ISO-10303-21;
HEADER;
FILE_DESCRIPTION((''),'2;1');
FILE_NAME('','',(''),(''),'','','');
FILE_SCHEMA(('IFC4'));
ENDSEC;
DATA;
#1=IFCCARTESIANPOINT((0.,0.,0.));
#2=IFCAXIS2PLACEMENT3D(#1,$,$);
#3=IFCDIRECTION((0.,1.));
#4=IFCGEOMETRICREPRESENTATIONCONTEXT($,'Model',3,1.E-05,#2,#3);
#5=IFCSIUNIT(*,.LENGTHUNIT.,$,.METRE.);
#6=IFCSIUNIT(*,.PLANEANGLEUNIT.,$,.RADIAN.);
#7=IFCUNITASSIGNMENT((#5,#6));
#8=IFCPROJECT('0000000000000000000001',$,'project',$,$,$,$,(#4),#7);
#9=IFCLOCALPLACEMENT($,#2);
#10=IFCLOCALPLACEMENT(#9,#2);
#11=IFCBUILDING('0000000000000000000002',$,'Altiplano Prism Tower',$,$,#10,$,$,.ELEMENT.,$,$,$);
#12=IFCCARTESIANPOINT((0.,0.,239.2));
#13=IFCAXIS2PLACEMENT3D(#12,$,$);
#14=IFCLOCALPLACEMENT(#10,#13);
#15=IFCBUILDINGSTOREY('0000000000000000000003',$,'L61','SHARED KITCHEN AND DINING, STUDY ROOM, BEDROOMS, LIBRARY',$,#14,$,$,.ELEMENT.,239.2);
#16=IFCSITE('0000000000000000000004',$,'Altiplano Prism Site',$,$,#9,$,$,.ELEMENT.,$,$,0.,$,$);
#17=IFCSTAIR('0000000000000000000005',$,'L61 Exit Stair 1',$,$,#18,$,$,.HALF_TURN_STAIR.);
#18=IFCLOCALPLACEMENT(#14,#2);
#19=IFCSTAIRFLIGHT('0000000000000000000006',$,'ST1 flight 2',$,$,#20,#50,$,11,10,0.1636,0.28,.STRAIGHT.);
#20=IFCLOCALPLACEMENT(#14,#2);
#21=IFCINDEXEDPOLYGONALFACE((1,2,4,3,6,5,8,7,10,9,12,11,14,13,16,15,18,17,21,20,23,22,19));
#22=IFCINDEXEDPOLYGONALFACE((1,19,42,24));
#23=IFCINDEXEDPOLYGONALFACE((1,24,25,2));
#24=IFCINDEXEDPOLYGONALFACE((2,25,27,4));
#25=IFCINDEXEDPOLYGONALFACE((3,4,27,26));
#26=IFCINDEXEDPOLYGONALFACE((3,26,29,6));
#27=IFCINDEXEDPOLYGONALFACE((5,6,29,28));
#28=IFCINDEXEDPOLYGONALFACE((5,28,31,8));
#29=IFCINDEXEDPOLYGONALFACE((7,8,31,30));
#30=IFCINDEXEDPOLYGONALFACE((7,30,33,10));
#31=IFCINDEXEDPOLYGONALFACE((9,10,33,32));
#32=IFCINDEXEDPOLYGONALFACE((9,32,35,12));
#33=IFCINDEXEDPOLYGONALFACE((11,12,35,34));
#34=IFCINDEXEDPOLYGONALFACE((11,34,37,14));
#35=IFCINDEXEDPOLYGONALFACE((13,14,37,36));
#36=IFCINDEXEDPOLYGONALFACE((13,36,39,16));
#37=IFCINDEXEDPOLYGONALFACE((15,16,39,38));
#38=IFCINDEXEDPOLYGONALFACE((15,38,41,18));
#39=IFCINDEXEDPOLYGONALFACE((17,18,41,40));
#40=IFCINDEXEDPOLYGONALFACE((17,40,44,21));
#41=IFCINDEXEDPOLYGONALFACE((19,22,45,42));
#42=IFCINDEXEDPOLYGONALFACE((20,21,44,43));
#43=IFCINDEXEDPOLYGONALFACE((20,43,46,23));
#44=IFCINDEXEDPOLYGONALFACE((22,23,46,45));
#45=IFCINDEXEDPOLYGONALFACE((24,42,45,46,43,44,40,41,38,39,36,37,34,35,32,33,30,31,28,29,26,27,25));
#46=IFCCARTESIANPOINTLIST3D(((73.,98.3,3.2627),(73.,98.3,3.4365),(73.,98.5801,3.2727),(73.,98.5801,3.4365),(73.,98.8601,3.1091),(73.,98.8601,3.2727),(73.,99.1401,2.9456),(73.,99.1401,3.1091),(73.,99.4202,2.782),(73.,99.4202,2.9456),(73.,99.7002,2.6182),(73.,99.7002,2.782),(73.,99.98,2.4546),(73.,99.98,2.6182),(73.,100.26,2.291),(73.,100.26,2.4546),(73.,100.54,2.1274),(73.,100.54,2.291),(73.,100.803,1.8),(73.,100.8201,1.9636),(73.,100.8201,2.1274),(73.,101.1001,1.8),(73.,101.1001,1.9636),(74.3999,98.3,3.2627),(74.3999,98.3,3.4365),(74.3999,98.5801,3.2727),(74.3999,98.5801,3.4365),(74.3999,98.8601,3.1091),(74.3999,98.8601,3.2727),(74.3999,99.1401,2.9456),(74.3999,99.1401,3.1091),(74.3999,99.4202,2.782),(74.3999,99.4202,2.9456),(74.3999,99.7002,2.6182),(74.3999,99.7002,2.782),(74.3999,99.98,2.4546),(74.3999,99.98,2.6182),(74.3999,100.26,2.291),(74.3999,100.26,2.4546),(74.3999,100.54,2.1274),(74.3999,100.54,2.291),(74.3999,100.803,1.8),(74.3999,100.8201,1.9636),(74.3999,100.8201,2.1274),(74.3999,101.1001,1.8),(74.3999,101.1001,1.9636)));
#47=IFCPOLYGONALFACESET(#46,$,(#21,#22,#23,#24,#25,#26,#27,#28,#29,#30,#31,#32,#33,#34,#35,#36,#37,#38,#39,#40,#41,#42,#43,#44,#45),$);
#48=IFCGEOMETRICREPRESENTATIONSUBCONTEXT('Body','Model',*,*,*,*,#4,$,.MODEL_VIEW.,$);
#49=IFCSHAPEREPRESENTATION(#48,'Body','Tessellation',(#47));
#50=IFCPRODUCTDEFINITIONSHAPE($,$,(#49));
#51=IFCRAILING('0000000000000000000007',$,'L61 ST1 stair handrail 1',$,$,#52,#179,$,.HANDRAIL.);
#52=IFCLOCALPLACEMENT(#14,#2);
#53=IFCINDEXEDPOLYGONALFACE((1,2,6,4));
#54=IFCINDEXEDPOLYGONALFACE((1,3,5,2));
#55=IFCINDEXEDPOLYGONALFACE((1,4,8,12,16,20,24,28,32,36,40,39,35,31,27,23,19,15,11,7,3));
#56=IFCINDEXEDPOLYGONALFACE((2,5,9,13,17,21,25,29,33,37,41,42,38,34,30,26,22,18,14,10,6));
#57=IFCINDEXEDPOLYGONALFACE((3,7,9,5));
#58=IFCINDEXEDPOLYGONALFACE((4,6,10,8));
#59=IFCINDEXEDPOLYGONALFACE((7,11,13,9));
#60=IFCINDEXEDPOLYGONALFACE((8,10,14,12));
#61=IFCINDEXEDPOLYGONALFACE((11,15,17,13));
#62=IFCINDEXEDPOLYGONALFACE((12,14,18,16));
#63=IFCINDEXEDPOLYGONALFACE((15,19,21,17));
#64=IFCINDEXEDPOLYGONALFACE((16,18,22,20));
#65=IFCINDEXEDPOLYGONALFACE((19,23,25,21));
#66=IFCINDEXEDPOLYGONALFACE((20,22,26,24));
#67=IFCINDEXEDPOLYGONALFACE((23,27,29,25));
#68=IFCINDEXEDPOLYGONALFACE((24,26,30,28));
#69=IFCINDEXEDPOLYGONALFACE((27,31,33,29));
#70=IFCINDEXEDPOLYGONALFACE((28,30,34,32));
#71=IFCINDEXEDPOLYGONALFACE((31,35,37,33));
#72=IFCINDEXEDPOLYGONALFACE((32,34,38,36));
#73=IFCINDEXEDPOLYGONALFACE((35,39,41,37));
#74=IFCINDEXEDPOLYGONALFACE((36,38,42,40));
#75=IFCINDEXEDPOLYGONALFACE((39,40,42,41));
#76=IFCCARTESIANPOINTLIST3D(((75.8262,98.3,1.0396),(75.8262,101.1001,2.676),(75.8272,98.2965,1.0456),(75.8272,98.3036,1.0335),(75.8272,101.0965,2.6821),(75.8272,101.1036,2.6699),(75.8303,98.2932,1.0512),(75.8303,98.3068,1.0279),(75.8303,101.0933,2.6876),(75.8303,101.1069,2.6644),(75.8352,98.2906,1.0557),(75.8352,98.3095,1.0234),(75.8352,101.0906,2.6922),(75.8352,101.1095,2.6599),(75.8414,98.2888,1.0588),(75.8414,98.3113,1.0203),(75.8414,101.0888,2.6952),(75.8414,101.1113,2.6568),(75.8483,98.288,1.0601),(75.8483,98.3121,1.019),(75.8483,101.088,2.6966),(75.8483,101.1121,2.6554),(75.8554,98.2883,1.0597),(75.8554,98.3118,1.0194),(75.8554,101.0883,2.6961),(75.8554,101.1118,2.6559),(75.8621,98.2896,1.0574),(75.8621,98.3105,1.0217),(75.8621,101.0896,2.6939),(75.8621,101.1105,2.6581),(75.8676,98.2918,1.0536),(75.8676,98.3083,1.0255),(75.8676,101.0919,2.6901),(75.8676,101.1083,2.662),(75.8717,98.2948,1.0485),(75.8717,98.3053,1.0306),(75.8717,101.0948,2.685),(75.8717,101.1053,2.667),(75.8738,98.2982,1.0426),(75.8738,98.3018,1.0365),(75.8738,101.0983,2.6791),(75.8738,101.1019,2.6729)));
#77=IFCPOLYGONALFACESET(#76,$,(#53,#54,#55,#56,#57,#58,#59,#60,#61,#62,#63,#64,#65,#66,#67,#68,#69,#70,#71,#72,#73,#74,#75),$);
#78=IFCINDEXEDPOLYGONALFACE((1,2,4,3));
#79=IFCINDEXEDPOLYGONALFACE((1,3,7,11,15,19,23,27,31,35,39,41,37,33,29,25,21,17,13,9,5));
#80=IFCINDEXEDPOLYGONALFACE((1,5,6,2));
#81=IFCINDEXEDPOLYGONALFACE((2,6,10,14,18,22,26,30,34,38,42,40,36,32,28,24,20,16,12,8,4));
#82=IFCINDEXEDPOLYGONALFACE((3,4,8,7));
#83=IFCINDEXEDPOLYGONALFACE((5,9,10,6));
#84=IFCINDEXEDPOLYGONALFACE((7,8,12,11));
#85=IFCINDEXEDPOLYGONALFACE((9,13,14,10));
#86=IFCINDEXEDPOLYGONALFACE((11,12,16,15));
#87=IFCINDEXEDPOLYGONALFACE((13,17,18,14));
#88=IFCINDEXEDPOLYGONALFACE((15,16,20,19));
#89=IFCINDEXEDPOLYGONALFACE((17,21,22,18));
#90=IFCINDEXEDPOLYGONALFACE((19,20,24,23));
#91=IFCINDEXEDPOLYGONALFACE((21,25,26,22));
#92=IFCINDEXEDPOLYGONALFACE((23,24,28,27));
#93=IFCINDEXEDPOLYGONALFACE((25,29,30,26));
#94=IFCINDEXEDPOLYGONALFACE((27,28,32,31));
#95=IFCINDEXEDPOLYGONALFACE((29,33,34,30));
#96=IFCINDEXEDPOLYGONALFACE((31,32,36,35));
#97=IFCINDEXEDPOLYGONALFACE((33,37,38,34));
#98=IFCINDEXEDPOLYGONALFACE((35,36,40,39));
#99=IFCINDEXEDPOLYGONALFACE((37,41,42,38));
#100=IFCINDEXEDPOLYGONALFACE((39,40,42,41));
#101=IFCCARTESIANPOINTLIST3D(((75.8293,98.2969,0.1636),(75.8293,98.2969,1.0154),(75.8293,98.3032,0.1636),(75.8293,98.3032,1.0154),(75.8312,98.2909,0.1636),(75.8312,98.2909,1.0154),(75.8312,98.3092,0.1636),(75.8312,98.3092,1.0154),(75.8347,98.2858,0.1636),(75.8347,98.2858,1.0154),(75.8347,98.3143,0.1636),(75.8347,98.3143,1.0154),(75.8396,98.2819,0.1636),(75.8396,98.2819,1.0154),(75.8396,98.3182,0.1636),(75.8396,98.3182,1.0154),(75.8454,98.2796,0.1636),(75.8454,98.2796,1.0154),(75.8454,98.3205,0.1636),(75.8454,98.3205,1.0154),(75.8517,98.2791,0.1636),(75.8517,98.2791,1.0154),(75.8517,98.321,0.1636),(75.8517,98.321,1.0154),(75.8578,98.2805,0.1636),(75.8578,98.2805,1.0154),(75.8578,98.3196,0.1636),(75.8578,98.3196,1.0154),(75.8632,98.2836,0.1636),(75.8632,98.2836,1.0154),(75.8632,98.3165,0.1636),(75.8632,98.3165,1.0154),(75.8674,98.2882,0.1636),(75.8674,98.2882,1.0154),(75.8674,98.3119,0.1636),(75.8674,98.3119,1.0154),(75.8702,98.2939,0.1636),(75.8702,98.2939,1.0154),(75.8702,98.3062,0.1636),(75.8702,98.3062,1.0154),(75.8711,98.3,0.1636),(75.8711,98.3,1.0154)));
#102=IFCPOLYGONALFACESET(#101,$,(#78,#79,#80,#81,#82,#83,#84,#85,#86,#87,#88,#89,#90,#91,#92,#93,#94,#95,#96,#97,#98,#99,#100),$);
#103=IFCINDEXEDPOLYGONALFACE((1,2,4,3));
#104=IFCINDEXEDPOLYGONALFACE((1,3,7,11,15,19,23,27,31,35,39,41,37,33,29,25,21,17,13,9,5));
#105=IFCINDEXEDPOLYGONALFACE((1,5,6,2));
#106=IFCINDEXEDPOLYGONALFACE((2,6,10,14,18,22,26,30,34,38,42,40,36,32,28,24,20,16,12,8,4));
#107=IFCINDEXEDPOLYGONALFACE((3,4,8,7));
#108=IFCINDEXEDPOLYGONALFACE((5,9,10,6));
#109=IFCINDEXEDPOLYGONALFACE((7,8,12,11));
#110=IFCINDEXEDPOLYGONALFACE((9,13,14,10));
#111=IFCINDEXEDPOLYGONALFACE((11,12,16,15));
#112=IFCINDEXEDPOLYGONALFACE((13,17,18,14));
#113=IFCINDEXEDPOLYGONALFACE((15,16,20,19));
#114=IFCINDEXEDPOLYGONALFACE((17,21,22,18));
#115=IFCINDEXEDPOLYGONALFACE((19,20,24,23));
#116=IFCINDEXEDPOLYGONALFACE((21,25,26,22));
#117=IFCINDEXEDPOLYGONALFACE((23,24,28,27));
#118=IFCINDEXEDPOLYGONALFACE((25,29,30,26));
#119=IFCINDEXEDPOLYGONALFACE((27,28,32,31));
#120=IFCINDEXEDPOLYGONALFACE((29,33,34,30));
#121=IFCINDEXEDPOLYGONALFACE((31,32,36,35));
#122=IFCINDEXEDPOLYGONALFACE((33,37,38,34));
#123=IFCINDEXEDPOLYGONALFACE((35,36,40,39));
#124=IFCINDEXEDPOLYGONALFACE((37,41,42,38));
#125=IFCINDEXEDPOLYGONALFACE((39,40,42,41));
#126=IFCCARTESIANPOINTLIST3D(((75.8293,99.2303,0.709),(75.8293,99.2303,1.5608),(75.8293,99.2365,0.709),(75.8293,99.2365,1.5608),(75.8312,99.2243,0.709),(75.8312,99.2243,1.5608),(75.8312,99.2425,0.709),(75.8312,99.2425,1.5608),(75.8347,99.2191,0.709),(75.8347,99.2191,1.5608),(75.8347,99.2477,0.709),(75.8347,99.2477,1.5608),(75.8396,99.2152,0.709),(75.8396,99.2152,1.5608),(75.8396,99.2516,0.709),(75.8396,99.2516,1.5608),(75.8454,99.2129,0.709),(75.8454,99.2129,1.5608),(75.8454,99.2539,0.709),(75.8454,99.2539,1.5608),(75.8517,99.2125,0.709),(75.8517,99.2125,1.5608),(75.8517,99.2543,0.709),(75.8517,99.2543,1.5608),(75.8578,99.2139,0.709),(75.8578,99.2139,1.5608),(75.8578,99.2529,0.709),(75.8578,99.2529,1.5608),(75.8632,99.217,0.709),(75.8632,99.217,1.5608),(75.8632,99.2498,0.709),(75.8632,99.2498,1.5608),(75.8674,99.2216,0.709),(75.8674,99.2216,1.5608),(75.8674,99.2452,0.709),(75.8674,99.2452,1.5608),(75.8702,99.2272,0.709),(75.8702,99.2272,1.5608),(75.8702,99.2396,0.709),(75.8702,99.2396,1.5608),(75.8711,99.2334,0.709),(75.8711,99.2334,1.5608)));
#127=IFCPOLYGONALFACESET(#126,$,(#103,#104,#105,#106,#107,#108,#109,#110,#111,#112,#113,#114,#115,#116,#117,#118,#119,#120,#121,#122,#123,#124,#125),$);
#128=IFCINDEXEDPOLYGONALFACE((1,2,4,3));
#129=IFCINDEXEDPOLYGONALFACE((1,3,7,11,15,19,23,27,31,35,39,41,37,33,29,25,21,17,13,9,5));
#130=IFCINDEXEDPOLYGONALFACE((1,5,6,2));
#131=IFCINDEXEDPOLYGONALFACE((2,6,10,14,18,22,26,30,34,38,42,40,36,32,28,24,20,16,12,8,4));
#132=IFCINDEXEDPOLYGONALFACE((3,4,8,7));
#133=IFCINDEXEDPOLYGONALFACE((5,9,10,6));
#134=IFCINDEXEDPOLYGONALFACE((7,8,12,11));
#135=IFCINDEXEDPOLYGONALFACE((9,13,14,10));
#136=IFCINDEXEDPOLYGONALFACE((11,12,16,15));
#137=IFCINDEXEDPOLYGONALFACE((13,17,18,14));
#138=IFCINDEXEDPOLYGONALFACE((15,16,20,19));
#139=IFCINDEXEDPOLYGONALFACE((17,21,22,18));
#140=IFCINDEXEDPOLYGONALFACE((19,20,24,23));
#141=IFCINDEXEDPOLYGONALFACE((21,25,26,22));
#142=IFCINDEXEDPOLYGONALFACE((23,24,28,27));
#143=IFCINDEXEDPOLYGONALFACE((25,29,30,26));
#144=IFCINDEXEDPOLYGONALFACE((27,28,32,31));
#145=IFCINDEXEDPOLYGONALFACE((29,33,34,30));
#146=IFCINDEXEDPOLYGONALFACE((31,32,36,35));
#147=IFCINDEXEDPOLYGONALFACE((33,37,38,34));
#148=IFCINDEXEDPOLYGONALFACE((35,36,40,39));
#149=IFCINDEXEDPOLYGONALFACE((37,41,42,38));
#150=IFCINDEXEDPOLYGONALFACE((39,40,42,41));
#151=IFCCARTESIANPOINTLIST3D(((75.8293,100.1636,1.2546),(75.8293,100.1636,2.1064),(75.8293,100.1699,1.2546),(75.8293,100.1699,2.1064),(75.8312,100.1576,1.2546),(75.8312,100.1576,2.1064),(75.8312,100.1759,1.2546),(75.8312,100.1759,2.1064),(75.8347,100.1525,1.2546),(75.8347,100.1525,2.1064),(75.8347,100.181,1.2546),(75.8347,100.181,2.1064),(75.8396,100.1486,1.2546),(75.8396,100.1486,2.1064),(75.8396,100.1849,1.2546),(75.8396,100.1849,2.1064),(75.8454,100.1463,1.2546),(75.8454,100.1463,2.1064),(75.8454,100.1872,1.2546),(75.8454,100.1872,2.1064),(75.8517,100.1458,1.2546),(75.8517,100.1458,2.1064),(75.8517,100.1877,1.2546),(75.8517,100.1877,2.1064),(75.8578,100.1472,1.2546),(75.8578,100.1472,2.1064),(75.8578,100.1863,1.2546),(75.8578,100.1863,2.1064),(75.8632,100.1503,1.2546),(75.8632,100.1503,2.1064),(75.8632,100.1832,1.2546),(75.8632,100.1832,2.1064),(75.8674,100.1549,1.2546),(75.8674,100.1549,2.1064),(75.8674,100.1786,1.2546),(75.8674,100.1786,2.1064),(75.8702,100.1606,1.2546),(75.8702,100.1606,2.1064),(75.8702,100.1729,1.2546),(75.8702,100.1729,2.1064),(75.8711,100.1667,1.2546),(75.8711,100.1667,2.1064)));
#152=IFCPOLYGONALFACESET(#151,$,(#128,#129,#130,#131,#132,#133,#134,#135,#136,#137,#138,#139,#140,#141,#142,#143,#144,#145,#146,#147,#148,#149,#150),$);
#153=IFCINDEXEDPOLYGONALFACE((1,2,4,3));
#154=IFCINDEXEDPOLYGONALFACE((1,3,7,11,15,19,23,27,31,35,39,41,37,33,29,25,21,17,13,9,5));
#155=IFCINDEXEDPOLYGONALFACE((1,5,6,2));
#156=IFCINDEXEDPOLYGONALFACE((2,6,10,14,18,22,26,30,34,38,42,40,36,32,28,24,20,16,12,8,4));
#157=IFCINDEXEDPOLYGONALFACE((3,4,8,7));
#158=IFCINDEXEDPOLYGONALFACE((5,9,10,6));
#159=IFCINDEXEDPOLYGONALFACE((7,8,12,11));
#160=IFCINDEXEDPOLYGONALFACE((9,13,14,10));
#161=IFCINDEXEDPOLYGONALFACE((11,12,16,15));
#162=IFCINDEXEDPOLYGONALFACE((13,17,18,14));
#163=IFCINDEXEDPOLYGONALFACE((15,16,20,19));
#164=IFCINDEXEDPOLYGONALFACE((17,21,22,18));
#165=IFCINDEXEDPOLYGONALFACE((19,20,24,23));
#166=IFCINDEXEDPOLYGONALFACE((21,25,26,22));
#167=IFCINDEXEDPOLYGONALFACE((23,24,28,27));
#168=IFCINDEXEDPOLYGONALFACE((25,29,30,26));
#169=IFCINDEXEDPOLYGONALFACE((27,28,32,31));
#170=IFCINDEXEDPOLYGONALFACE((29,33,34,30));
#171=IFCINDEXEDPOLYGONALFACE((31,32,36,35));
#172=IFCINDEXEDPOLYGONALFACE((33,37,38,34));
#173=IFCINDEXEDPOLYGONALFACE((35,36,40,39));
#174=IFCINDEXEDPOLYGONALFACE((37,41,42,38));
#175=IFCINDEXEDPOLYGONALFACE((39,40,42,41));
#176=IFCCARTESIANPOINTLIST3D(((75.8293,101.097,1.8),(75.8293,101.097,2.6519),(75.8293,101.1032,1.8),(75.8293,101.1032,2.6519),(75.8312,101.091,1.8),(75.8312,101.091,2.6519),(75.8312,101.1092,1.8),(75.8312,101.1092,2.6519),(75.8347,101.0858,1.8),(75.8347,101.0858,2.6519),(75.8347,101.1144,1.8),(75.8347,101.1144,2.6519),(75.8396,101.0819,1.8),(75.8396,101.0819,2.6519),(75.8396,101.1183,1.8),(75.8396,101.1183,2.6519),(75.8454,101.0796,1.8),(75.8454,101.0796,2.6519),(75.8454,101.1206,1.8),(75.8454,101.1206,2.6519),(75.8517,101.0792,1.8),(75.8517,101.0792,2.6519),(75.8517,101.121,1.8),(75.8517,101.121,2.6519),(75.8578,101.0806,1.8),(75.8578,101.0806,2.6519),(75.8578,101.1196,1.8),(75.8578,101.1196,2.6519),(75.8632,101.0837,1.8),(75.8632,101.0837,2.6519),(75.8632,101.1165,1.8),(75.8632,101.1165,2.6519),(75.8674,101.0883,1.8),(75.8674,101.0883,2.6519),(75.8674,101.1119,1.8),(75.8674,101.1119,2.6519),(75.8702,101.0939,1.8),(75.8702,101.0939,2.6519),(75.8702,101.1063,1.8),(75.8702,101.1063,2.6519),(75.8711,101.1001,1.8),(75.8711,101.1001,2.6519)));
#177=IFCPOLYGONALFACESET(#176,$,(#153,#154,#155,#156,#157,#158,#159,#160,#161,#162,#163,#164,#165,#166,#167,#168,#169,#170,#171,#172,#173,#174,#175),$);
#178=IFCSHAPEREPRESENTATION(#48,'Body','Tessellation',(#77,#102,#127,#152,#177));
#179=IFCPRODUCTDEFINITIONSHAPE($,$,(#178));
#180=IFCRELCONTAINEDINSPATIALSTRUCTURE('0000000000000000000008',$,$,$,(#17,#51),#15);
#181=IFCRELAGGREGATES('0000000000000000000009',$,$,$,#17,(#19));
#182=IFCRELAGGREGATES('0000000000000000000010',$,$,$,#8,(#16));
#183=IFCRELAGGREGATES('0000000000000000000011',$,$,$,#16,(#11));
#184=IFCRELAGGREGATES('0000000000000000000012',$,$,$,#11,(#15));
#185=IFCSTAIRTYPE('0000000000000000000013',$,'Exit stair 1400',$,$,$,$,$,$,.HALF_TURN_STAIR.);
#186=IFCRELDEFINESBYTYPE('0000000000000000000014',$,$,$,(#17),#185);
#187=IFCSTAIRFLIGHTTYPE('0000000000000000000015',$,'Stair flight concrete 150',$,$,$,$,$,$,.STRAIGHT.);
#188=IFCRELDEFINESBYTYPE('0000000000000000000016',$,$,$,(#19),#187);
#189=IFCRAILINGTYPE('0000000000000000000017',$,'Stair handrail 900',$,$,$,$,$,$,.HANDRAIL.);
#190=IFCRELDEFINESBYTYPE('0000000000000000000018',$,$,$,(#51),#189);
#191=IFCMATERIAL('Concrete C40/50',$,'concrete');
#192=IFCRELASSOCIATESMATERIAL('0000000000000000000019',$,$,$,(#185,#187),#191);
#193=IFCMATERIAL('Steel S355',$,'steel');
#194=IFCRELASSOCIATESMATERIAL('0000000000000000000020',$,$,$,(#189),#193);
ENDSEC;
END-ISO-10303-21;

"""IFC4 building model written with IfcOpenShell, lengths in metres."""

from ifc_helpers import new_model, si_unit, direction, frame, origin, origin_2d, place, context, subcontext, project, spatial, polyline, circle, outline, extrude, material, type_object, element, aggregate, save


model = new_model("IFC4")

# Units and contexts
model_context = context("Model", 3, precision=1e-05, world=origin(), true_north=direction((0.0, 1.0)))
body_context = subcontext(model_context, "Body", "Model", "MODEL_VIEW")
ifc_project = project(units=[si_unit("LENGTHUNIT", "METRE"), si_unit("PLANEANGLEUNIT", "RADIAN")], contexts=[model_context])

# Site, building, storey
site_placement = place(None, origin())
site = spatial("IfcSite", under=ifc_project, at=site_placement, Name="Altiplano Prism Site", CompositionType="ELEMENT", RefElevation=0.0)
building_placement = place(site_placement, origin())
building = spatial("IfcBuilding", under=site, at=building_placement, Name="Altiplano Prism Tower", CompositionType="ELEMENT")
storey_placement = place(building_placement, frame((0.0, 0.0, 239.2)))
storey = spatial("IfcBuildingStorey", under=building, at=storey_placement, Name="L61", Description="SHARED KITCHEN AND DINING, STUDY ROOM, BEDROOMS, LIBRARY", CompositionType="ELEMENT", Elevation=239.2)

# Stair, stair flight
ifc_material_1 = material(Name="Concrete C40/50", Category="concrete")
stair_type = type_object("IfcStairType", Name="Exit stair 1400", PredefinedType="HALF_TURN_STAIR", material=ifc_material_1)
stair_placement = place(storey_placement, origin())
stair = element("IfcStair", 1, at=stair_placement, inside=storey, type_object=stair_type, Name="L61 Exit Stair 1", PredefinedType="HALF_TURN_STAIR")
stair_flight_type = type_object("IfcStairFlightType", Name="Stair flight concrete 150", PredefinedType="STRAIGHT", material=ifc_material_1)
stair_flight_1_placement = place(storey_placement, frame((73.7, 101.1001, 1.8), z_axis=(0.0, 0.0, 1.0), x_axis=(0.0, -1.0, 0.0)))
stair_flight_1 = element("IfcStairFlight", 2, at=stair_flight_1_placement, type_object=stair_flight_type, Name="ST1 flight 2", NumberOfRisers=11, NumberOfTreads=10, PredefinedType="STRAIGHT", RiserHeight=0.1636, TreadLength=0.28, context=body_context, shape_type="SweptSolid", body=[
    extrude(outline(polyline([(0.0, 0.0), (0.0, 0.1636), (0.28, 0.1636), (0.28, 0.3274), (0.5601, 0.3274), (0.5601, 0.491), (0.8401, 0.491), (0.8401, 0.6545), (1.1201, 0.6545), (1.1201, 0.8181), (1.3999, 0.8181), (1.3999, 0.9819), (1.6799, 0.9819), (1.6799, 1.1455), (1.96, 1.1455), (1.96, 1.3091), (2.24, 1.3091), (2.24, 1.4727), (2.52, 1.4727), (2.52, 1.6365), (2.8, 1.6365), (2.8, 1.8), (2.8, 1.4626), (0.2971, 0.0), (0.0, 0.0)])), frame((0.0, 0.7, 0.0), z_axis=(0.0, -1.0, 0.0), x_axis=(1.0, 0.0, 0.0)), (0.0, 0.0, 1.0), 1.3999),
])
aggregate(stair, [stair_flight_1])

# Railing
ifc_material_2 = material(Name="Steel S355", Category="steel")
railing_type_1 = type_object("IfcRailingType", Name="Stair handrail 900", PredefinedType="HANDRAIL", material=ifc_material_2)
railing_1_placement = place(storey_placement, frame((75.8501, 98.3, 0.1636)))
element("IfcRailing", 3, at=railing_1_placement, inside=storey, type_object=railing_type_1, Name="L61 ST1 stair handrail 1", PredefinedType="HANDRAIL", context=body_context, shape_type="SweptSolid", body=[
    extrude(circle(Radius=0.0239, at=origin_2d()), frame((0.0, 0.0, 0.876), z_axis=(0.0, 0.863361, 0.504587), x_axis=(-1.0, 0.0, 0.0)), (0.0, 0.0, 1.0), 3.2432),
    extrude(circle(Radius=0.021, at=origin_2d()), origin(), (0.0, 0.0, 1.0), 0.8518),
    extrude(circle(Radius=0.021, at=origin_2d()), frame((0.0, 0.9333, 0.5454)), (0.0, 0.0, 1.0), 0.8518),
    extrude(circle(Radius=0.021, at=origin_2d()), frame((0.0, 1.8667, 1.0911)), (0.0, 0.0, 1.0), 0.8518),
    extrude(circle(Radius=0.021, at=origin_2d()), frame((0.0, 2.8, 1.6365)), (0.0, 0.0, 1.0), 0.8518),
])

save(model, "model.ifc")
